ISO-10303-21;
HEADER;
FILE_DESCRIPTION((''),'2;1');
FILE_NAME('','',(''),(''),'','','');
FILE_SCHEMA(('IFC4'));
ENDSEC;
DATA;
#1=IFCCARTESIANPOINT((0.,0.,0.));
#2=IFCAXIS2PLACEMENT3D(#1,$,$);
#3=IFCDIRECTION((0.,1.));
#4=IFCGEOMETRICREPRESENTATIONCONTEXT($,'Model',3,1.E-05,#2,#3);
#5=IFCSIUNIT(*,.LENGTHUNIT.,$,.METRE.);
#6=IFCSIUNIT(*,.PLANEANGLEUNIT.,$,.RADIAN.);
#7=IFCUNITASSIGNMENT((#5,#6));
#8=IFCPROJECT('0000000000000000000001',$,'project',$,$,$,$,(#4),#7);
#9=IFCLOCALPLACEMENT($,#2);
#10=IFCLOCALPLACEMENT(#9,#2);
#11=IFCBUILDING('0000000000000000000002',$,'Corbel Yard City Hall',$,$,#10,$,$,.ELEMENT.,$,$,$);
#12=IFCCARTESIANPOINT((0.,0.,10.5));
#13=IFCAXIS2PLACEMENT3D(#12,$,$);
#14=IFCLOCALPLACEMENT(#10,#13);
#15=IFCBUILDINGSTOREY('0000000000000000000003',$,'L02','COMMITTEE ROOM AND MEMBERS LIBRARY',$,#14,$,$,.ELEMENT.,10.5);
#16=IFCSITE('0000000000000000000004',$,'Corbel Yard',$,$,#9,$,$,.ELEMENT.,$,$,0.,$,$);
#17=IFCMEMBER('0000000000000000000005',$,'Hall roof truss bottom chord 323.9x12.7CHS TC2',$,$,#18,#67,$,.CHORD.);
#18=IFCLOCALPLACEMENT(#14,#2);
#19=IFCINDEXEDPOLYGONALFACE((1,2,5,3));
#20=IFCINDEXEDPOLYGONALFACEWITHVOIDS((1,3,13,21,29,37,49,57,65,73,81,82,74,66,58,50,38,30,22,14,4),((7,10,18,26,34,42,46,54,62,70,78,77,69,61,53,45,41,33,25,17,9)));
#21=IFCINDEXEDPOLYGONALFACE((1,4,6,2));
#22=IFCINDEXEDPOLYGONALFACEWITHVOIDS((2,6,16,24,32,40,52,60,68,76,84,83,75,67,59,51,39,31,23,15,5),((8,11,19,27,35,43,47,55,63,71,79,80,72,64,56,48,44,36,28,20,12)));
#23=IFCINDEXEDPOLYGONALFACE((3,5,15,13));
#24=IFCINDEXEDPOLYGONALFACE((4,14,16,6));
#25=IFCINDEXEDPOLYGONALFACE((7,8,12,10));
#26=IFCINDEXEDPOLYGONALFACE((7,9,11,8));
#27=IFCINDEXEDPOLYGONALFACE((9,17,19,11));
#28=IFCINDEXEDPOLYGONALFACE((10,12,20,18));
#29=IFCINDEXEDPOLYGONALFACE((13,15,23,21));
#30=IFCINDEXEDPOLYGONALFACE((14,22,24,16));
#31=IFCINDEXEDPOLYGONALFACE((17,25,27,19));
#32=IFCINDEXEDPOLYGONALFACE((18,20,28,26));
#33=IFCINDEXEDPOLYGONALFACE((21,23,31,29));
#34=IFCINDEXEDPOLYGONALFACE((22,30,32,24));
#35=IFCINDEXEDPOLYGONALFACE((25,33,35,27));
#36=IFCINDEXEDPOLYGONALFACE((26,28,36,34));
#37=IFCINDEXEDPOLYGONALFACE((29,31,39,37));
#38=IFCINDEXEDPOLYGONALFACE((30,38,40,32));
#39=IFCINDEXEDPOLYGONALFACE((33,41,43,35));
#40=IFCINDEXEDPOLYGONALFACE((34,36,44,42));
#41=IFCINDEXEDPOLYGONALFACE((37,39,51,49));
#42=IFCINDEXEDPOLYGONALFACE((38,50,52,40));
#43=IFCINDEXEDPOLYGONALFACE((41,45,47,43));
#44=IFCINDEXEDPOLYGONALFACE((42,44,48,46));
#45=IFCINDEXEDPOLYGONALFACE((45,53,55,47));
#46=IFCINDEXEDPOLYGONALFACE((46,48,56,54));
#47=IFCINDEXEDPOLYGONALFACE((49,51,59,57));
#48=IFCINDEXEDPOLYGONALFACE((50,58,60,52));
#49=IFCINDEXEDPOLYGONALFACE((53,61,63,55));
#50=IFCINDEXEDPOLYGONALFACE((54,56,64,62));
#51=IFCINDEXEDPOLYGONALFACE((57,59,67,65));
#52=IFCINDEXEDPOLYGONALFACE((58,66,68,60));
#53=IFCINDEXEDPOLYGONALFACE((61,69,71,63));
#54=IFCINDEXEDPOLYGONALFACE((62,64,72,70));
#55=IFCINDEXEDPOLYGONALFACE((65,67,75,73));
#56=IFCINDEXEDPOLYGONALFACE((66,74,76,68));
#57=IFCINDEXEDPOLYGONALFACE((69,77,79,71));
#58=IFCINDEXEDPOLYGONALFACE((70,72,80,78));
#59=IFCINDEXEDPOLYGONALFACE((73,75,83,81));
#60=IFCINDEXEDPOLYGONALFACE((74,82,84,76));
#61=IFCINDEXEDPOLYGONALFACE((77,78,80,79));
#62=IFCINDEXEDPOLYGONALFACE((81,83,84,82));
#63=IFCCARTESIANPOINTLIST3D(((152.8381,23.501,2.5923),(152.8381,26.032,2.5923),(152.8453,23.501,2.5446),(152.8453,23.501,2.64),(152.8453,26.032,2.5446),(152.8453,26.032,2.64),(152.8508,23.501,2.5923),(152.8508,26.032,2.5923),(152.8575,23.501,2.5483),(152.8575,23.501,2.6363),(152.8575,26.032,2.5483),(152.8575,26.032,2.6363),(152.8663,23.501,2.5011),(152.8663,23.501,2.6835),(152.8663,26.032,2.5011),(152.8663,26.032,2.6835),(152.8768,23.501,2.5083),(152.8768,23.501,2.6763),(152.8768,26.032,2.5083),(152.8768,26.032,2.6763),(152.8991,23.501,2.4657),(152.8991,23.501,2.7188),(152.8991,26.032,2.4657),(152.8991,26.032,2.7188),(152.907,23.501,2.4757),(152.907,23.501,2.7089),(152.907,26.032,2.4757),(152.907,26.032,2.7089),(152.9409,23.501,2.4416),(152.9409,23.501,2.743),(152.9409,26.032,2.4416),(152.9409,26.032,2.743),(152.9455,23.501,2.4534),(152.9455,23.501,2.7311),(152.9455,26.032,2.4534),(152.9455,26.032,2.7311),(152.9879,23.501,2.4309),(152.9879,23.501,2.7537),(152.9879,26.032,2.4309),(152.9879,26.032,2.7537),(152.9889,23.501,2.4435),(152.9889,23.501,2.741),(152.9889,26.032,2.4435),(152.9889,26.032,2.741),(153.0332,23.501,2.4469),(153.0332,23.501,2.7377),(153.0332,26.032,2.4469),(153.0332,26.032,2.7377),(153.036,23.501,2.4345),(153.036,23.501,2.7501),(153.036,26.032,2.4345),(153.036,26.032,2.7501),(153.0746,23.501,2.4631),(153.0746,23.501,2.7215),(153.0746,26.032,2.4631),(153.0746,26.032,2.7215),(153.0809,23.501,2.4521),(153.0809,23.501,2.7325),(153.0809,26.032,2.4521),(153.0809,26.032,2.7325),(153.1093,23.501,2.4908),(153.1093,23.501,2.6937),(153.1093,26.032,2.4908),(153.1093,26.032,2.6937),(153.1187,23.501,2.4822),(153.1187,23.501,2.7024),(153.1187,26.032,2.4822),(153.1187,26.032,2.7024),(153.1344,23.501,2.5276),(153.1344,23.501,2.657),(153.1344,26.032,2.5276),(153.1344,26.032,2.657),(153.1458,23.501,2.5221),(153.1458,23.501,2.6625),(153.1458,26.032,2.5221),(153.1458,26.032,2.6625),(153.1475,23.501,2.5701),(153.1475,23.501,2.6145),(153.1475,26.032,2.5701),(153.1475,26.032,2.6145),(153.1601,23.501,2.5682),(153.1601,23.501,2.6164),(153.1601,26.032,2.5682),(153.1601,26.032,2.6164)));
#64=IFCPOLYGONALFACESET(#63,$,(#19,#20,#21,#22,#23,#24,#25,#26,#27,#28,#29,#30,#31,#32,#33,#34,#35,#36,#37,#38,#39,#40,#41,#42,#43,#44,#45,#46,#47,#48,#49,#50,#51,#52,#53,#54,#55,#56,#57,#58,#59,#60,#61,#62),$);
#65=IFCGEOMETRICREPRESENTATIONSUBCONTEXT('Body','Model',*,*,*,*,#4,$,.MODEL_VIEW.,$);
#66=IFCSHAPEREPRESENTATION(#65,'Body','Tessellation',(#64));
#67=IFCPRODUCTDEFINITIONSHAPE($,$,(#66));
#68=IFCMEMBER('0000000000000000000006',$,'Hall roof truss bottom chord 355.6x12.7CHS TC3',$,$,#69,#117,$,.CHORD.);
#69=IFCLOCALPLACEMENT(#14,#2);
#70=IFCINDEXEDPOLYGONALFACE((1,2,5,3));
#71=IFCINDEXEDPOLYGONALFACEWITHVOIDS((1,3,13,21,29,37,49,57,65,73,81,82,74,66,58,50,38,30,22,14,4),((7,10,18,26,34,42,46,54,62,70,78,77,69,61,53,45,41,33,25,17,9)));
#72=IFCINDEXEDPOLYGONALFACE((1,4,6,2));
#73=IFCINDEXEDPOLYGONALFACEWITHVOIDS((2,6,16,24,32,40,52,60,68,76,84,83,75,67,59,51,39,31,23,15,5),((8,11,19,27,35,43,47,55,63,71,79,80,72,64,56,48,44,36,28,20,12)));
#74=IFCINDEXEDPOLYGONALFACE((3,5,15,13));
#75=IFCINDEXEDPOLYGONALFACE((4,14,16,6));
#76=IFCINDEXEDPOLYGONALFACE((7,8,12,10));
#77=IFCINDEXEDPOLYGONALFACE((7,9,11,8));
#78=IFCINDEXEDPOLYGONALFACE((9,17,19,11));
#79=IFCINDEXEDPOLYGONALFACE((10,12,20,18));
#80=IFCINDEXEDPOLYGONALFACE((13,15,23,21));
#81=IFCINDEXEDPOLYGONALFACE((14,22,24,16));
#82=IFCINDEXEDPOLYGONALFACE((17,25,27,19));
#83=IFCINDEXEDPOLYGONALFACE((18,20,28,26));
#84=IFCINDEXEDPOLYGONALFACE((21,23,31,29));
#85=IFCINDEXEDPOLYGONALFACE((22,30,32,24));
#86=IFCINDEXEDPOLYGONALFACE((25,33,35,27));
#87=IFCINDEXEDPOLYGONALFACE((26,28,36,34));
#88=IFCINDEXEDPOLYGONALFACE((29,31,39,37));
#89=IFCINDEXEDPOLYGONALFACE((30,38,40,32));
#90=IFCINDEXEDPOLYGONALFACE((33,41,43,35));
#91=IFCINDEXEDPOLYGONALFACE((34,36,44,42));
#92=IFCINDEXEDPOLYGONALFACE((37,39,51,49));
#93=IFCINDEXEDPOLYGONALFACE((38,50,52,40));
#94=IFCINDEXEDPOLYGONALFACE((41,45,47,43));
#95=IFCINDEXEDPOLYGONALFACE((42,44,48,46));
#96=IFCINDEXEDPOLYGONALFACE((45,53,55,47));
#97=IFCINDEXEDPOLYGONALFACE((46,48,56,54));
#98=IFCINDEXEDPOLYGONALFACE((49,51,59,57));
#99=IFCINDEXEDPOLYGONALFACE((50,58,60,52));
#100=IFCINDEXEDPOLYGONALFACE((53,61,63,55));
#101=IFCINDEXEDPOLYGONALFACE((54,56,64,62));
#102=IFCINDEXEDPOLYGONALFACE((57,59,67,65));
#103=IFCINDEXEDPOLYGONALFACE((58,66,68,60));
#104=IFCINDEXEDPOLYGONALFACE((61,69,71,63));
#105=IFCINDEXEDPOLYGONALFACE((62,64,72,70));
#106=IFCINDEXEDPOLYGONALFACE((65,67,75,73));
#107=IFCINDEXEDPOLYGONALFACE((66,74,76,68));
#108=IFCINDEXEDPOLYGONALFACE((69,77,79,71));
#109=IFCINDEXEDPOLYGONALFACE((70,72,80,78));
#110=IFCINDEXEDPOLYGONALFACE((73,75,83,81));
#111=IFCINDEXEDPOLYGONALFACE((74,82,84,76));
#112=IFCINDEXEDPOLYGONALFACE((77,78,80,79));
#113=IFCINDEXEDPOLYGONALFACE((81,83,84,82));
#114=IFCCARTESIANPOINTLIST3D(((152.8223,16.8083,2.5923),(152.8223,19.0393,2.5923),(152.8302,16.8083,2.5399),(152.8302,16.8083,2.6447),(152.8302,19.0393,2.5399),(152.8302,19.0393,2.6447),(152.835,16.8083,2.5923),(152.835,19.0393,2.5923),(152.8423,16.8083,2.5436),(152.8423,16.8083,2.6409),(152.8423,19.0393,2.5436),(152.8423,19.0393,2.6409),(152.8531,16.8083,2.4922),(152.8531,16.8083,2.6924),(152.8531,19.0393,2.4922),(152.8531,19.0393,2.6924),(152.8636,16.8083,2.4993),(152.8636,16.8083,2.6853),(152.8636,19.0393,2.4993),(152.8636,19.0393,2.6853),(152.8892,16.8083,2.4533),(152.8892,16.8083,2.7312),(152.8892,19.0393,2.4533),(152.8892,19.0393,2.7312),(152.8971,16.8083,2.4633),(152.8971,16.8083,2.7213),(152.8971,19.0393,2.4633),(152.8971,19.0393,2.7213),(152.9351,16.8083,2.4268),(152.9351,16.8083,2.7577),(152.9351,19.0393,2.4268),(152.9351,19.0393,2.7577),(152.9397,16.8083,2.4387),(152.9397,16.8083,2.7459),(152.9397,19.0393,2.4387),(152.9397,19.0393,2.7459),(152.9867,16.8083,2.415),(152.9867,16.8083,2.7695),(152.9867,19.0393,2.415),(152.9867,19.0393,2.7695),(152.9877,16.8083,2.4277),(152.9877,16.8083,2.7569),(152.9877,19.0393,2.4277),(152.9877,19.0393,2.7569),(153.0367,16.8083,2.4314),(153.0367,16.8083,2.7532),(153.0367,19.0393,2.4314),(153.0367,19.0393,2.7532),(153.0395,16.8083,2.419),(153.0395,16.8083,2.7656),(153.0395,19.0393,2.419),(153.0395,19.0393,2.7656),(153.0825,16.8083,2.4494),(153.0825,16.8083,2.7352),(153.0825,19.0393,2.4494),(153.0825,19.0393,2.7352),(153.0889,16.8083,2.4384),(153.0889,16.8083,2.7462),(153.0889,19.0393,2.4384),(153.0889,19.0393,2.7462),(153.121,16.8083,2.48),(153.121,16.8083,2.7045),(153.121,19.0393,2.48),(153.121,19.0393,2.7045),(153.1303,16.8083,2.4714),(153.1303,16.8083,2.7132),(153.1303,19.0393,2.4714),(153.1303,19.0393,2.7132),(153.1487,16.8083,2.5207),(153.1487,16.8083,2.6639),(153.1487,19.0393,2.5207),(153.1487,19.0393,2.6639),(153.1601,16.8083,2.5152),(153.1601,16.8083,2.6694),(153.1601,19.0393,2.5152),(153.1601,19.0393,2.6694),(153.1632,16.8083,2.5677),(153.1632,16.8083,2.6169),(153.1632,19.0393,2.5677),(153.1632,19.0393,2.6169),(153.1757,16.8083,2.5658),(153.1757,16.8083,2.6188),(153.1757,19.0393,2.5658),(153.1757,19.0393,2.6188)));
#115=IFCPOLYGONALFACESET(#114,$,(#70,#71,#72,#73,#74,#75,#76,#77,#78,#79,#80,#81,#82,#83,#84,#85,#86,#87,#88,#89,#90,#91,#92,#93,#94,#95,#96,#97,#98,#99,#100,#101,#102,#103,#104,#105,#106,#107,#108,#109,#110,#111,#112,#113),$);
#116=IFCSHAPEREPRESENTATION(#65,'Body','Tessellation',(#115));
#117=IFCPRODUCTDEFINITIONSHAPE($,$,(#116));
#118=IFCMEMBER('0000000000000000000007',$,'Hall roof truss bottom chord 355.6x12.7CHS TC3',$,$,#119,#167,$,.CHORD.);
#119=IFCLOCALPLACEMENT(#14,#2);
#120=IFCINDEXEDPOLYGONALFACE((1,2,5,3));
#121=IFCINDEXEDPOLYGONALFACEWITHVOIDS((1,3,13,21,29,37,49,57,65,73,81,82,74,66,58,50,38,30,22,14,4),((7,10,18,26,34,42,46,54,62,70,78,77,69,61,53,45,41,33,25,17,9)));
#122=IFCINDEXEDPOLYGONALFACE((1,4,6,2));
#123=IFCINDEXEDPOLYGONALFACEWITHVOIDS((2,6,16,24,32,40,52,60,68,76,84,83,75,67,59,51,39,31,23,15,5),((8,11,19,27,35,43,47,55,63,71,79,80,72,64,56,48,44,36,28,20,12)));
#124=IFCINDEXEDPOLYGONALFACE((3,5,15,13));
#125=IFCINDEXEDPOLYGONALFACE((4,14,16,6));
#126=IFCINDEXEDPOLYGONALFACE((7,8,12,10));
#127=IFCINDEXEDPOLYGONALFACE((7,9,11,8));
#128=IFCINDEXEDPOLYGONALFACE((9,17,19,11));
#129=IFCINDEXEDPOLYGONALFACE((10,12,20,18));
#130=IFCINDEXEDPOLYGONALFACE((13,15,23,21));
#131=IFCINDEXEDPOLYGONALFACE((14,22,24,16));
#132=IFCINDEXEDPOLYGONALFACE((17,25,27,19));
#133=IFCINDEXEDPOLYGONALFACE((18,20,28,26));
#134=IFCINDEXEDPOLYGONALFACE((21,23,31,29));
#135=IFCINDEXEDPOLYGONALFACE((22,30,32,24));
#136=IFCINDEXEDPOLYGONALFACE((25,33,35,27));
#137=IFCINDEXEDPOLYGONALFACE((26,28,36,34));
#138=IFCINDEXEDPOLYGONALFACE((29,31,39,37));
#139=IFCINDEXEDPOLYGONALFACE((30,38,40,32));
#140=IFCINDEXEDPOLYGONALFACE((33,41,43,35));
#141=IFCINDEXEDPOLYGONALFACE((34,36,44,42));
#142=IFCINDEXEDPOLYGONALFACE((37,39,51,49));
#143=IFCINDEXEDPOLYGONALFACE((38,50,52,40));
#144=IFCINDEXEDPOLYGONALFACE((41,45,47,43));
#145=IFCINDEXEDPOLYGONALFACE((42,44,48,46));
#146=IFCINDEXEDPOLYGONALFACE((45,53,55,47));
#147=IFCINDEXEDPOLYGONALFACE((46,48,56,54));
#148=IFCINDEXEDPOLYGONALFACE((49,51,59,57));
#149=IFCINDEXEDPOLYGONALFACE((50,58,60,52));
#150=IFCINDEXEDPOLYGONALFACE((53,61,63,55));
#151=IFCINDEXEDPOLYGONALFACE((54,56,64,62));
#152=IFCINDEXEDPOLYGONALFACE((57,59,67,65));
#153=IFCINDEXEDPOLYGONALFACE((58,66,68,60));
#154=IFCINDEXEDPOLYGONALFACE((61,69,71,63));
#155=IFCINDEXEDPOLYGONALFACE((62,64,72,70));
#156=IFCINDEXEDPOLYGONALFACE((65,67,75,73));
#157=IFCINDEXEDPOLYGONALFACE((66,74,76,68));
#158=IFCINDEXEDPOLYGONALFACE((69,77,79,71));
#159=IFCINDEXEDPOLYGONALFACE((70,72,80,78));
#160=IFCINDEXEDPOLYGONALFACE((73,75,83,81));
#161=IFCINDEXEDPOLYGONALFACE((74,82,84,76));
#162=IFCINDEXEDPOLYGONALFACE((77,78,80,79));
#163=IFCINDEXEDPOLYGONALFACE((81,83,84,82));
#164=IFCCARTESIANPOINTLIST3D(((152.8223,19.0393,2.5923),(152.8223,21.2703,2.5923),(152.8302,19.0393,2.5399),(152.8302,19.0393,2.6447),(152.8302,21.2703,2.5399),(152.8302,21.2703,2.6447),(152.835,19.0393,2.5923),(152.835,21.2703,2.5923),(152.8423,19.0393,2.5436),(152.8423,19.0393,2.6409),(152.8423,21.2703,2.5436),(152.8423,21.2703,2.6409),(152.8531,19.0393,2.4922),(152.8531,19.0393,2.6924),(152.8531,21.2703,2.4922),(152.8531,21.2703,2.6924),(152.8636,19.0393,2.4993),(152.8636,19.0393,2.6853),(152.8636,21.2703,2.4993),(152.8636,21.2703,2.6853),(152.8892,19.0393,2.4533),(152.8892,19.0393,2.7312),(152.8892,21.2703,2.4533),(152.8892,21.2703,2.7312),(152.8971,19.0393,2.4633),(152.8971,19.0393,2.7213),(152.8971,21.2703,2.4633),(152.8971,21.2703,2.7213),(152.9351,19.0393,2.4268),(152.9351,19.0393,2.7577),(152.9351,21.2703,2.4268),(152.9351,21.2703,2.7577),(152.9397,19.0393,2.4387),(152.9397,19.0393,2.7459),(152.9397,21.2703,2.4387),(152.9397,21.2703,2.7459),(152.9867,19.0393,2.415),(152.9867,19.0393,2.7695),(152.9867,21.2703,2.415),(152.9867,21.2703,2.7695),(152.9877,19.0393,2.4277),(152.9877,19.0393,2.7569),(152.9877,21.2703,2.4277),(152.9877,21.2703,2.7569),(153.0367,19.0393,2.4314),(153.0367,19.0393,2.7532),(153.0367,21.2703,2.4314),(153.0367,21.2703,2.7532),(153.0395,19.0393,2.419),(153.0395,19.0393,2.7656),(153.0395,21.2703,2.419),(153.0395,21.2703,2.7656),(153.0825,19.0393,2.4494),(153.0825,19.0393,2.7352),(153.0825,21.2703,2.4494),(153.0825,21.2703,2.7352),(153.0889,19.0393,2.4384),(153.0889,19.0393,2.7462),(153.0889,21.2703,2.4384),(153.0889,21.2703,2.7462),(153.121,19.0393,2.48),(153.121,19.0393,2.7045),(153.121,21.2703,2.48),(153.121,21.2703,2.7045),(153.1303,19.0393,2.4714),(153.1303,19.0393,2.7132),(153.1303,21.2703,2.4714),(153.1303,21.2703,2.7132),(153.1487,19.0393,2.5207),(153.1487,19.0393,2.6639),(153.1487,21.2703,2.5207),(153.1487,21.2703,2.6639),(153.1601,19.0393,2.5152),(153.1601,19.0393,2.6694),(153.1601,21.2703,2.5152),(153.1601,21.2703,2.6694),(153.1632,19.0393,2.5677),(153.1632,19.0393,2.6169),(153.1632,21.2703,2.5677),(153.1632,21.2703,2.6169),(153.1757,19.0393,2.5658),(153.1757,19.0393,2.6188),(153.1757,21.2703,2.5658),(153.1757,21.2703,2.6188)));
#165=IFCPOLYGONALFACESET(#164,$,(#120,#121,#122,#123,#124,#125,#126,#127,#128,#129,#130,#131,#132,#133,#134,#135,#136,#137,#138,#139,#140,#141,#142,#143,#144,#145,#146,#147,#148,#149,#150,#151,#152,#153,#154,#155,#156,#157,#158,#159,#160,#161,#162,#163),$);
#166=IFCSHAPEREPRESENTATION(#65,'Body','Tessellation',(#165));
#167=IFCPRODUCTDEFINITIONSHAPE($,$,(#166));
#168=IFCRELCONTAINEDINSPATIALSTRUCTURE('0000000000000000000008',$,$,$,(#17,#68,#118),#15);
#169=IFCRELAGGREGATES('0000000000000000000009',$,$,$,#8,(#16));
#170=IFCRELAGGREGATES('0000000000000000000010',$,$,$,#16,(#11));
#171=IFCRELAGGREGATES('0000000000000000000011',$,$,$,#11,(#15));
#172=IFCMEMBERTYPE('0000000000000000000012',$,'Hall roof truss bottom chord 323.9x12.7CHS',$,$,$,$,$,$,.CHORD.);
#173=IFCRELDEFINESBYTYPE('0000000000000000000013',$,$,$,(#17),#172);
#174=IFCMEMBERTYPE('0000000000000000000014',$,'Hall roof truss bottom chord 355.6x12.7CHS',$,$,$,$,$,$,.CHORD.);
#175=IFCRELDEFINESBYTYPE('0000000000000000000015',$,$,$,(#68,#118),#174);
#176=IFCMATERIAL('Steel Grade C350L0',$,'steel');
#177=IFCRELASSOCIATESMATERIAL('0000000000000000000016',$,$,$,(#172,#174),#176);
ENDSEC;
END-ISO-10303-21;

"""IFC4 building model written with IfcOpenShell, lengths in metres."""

from ifc_helpers import new_model, si_unit, direction, frame, origin, origin_2d, place, context, subcontext, project, spatial, hollow_circle, extrude, material, material_profile, profile_set, type_object, element, save


model = new_model("IFC4")

# Units and contexts
model_context = context("Model", 3, precision=1e-05, world=origin(), true_north=direction((0.0, 1.0)))
body_context = subcontext(model_context, "Body", "Model", "MODEL_VIEW")
ifc_project = project(units=[si_unit("LENGTHUNIT", "METRE"), si_unit("PLANEANGLEUNIT", "RADIAN")], contexts=[model_context])

# Site, building, storey
site_placement = place(None, origin())
site = spatial("IfcSite", under=ifc_project, at=site_placement, Name="Corbel Yard", CompositionType="ELEMENT", RefElevation=0.0)
building_placement = place(site_placement, origin())
building = spatial("IfcBuilding", under=site, at=building_placement, Name="Corbel Yard City Hall", CompositionType="ELEMENT")
storey_placement = place(building_placement, frame((0.0, 0.0, 10.5)))
storey = spatial("IfcBuildingStorey", under=building, at=storey_placement, Name="L02", Description="COMMITTEE ROOM AND MEMBERS LIBRARY", CompositionType="ELEMENT", Elevation=10.5)

# Members
ifc_material_1 = material(Name="Steel Grade C350L0", Category="steel")
ifc_material_profile_1 = material_profile(ifc_material_1, hollow_circle(Radius=0.1619, WallThickness=0.0127, at=origin_2d()), Name="323.9x12.7CHS")
ifc_profile_set_1 = profile_set([ifc_material_profile_1], Name="Steel Grade C350L0")
member_type_1 = type_object("IfcMemberType", Name="Hall roof truss bottom chord 323.9x12.7CHS", PredefinedType="CHORD", material=ifc_profile_set_1)
member_1_placement = place(storey_placement, frame((153.0, 23.501, 2.5923), z_axis=(0.0, 1.0, 0.0), x_axis=(-1.0, 0.0, 0.0)))
element("IfcMember", 1, at=member_1_placement, inside=storey, type_object=member_type_1, Name="Hall roof truss bottom chord 323.9x12.7CHS TC2", PredefinedType="CHORD", context=body_context, shape_type="SweptSolid", body=[
    extrude(hollow_circle(Radius=0.1619, WallThickness=0.0127, at=origin_2d()), origin(), (0.0, 0.0, 1.0), 2.531),
])
ifc_material_profile_2 = material_profile(ifc_material_1, hollow_circle(Radius=0.1777, WallThickness=0.0127, at=origin_2d()), Name="355.6x12.7CHS")
ifc_profile_set_2 = profile_set([ifc_material_profile_2], Name="Steel Grade C350L0")
member_type_2 = type_object("IfcMemberType", Name="Hall roof truss bottom chord 355.6x12.7CHS", PredefinedType="CHORD", material=ifc_profile_set_2)
for number, where, z_axis, x_axis, name in (
    (2, (153.0, 16.8083, 2.5923), (0.0, 1.0, 0.0), (-1.0, 0.0, 0.0), "Hall roof truss bottom chord 355.6x12.7CHS TC3"),
    (3, (153.0, 19.0393, 2.5923), (0.0, 1.0, 0.0), (-1.0, 0.0, 0.0), "Hall roof truss bottom chord 355.6x12.7CHS TC3"),
):
    element("IfcMember", number, at=place(storey_placement, frame(where, z_axis=z_axis, x_axis=x_axis)), inside=storey, type_object=member_type_2, Name=name, PredefinedType="CHORD", context=body_context, shape_type="SweptSolid", body=[
        extrude(hollow_circle(Radius=0.1777, WallThickness=0.0127, at=origin_2d()), origin(), (0.0, 0.0, 1.0), 2.231),
    ])

save(model, "model.ifc")
